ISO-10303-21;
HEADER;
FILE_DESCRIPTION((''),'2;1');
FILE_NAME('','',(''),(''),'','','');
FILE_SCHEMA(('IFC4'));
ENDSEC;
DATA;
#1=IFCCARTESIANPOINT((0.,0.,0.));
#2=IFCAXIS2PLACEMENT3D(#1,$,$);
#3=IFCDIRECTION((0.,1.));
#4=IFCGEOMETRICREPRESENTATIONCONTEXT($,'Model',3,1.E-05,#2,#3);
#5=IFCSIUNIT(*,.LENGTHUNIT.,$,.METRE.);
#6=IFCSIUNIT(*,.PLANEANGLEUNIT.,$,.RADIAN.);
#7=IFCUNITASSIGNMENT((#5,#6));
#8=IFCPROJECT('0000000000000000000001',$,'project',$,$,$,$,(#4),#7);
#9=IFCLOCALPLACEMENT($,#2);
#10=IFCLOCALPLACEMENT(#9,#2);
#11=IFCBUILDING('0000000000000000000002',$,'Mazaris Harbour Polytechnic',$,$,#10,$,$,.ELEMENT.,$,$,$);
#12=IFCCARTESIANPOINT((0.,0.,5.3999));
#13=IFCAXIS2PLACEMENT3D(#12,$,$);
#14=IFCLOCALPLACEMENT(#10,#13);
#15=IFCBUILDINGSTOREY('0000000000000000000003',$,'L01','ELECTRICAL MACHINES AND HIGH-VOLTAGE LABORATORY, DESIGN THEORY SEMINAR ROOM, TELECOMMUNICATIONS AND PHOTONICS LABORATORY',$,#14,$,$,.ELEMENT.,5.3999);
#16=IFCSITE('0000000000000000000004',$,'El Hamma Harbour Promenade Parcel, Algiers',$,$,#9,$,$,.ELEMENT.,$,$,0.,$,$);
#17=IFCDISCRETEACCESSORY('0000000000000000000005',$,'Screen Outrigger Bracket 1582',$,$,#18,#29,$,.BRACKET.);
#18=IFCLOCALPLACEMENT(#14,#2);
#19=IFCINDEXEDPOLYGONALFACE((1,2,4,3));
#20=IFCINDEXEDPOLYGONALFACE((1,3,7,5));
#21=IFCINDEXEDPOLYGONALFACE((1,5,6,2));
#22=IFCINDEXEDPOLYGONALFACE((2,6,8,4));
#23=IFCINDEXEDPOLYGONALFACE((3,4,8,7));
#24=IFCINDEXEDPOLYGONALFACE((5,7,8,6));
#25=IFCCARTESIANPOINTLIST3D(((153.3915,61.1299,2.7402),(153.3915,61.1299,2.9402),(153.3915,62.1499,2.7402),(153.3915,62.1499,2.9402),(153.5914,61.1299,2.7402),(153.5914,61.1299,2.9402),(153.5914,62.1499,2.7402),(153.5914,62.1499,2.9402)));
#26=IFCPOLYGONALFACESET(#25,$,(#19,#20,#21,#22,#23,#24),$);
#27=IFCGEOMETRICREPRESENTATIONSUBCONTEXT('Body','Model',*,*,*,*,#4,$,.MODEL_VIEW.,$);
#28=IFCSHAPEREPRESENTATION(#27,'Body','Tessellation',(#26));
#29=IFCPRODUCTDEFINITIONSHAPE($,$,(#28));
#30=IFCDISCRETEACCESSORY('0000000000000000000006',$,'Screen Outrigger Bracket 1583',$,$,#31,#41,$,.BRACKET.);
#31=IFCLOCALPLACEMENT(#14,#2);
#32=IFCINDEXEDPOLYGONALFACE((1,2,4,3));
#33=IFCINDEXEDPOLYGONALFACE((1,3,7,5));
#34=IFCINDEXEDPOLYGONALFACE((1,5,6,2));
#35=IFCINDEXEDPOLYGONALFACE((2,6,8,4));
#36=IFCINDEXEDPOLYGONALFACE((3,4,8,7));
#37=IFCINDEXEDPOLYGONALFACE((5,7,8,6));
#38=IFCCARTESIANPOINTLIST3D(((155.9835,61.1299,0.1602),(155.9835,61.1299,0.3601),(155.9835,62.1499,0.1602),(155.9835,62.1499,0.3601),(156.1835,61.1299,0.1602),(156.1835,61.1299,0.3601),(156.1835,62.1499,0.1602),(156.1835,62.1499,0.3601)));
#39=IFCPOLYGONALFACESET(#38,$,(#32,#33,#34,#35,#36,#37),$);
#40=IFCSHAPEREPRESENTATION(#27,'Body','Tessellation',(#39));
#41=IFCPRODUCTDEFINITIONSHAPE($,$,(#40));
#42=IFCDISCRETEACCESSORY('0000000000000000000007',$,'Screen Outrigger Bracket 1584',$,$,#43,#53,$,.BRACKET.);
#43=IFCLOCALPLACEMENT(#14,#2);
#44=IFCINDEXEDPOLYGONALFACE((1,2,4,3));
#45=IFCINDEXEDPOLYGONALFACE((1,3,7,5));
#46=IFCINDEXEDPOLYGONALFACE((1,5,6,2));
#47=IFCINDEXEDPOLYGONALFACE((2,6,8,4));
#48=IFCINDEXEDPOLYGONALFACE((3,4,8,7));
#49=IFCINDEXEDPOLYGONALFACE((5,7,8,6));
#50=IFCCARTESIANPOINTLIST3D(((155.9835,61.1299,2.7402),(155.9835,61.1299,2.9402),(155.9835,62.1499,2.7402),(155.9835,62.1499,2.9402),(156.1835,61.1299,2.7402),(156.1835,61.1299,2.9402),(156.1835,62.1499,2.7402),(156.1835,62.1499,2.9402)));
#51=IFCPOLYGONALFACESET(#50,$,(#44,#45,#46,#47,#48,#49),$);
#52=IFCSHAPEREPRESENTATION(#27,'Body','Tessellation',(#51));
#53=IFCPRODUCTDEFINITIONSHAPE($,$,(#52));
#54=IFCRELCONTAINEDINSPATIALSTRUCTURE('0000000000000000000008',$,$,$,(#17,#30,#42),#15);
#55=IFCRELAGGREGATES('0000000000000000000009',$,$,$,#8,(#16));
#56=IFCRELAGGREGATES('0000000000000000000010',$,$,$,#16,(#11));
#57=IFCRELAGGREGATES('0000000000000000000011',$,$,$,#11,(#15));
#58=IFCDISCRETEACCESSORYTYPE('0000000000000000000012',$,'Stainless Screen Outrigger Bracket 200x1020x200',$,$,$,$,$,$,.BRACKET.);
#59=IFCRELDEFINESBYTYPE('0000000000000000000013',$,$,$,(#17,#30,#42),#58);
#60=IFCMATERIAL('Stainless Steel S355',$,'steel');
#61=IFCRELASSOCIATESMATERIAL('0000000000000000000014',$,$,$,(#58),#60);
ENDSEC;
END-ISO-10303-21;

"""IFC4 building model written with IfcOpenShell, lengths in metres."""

from ifc_helpers import new_model, si_unit, direction, frame, origin, origin_2d, place, context, subcontext, project, spatial, rectangle, extrude, material, type_object, element, save


model = new_model("IFC4")

# Units and contexts
model_context = context("Model", 3, precision=1e-05, world=origin(), true_north=direction((0.0, 1.0)))
body_context = subcontext(model_context, "Body", "Model", "MODEL_VIEW")
ifc_project = project(units=[si_unit("LENGTHUNIT", "METRE"), si_unit("PLANEANGLEUNIT", "RADIAN")], contexts=[model_context])

# Site, building, storey
site_placement = place(None, origin())
site = spatial("IfcSite", under=ifc_project, at=site_placement, Name="El Hamma Harbour Promenade Parcel, Algiers", CompositionType="ELEMENT", RefElevation=0.0)
building_placement = place(site_placement, origin())
building = spatial("IfcBuilding", under=site, at=building_placement, Name="Mazaris Harbour Polytechnic", CompositionType="ELEMENT")
storey_placement = place(building_placement, frame((0.0, 0.0, 5.3999)))
storey = spatial("IfcBuildingStorey", under=building, at=storey_placement, Name="L01", Description="ELECTRICAL MACHINES AND HIGH-VOLTAGE LABORATORY, DESIGN THEORY SEMINAR ROOM, TELECOMMUNICATIONS AND PHOTONICS LABORATORY", CompositionType="ELEMENT", Elevation=5.3999)

# Discrete accessories
ifc_material_1 = material(Name="Stainless Steel S355", Category="steel")
discrete_accessory_type = type_object("IfcDiscreteAccessoryType", Name="Stainless Screen Outrigger Bracket 200x1020x200", PredefinedType="BRACKET", material=ifc_material_1)
for number, where, z_axis, x_axis, name in (
    (1, (153.4915, 61.6399, 2.7402), (0.0, 0.0, 1.0), (1.0, 0.0, 0.0), "Screen Outrigger Bracket 1582"),
    (2, (156.0835, 61.6399, 0.1602), (0.0, 0.0, 1.0), (1.0, 0.0, 0.0), "Screen Outrigger Bracket 1583"),
    (3, (156.0835, 61.6399, 2.7402), (0.0, 0.0, 1.0), (1.0, 0.0, 0.0), "Screen Outrigger Bracket 1584"),
):
    element("IfcDiscreteAccessory", number, at=place(storey_placement, frame(where, z_axis=z_axis, x_axis=x_axis)), inside=storey, type_object=discrete_accessory_type, Name=name, PredefinedType="BRACKET", context=body_context, shape_type="SweptSolid", body=[
        extrude(rectangle(XDim=0.2, YDim=1.02, at=origin_2d()), origin(), (0.0, 0.0, 1.0), 0.2),
    ])

save(model, "model.ifc")
